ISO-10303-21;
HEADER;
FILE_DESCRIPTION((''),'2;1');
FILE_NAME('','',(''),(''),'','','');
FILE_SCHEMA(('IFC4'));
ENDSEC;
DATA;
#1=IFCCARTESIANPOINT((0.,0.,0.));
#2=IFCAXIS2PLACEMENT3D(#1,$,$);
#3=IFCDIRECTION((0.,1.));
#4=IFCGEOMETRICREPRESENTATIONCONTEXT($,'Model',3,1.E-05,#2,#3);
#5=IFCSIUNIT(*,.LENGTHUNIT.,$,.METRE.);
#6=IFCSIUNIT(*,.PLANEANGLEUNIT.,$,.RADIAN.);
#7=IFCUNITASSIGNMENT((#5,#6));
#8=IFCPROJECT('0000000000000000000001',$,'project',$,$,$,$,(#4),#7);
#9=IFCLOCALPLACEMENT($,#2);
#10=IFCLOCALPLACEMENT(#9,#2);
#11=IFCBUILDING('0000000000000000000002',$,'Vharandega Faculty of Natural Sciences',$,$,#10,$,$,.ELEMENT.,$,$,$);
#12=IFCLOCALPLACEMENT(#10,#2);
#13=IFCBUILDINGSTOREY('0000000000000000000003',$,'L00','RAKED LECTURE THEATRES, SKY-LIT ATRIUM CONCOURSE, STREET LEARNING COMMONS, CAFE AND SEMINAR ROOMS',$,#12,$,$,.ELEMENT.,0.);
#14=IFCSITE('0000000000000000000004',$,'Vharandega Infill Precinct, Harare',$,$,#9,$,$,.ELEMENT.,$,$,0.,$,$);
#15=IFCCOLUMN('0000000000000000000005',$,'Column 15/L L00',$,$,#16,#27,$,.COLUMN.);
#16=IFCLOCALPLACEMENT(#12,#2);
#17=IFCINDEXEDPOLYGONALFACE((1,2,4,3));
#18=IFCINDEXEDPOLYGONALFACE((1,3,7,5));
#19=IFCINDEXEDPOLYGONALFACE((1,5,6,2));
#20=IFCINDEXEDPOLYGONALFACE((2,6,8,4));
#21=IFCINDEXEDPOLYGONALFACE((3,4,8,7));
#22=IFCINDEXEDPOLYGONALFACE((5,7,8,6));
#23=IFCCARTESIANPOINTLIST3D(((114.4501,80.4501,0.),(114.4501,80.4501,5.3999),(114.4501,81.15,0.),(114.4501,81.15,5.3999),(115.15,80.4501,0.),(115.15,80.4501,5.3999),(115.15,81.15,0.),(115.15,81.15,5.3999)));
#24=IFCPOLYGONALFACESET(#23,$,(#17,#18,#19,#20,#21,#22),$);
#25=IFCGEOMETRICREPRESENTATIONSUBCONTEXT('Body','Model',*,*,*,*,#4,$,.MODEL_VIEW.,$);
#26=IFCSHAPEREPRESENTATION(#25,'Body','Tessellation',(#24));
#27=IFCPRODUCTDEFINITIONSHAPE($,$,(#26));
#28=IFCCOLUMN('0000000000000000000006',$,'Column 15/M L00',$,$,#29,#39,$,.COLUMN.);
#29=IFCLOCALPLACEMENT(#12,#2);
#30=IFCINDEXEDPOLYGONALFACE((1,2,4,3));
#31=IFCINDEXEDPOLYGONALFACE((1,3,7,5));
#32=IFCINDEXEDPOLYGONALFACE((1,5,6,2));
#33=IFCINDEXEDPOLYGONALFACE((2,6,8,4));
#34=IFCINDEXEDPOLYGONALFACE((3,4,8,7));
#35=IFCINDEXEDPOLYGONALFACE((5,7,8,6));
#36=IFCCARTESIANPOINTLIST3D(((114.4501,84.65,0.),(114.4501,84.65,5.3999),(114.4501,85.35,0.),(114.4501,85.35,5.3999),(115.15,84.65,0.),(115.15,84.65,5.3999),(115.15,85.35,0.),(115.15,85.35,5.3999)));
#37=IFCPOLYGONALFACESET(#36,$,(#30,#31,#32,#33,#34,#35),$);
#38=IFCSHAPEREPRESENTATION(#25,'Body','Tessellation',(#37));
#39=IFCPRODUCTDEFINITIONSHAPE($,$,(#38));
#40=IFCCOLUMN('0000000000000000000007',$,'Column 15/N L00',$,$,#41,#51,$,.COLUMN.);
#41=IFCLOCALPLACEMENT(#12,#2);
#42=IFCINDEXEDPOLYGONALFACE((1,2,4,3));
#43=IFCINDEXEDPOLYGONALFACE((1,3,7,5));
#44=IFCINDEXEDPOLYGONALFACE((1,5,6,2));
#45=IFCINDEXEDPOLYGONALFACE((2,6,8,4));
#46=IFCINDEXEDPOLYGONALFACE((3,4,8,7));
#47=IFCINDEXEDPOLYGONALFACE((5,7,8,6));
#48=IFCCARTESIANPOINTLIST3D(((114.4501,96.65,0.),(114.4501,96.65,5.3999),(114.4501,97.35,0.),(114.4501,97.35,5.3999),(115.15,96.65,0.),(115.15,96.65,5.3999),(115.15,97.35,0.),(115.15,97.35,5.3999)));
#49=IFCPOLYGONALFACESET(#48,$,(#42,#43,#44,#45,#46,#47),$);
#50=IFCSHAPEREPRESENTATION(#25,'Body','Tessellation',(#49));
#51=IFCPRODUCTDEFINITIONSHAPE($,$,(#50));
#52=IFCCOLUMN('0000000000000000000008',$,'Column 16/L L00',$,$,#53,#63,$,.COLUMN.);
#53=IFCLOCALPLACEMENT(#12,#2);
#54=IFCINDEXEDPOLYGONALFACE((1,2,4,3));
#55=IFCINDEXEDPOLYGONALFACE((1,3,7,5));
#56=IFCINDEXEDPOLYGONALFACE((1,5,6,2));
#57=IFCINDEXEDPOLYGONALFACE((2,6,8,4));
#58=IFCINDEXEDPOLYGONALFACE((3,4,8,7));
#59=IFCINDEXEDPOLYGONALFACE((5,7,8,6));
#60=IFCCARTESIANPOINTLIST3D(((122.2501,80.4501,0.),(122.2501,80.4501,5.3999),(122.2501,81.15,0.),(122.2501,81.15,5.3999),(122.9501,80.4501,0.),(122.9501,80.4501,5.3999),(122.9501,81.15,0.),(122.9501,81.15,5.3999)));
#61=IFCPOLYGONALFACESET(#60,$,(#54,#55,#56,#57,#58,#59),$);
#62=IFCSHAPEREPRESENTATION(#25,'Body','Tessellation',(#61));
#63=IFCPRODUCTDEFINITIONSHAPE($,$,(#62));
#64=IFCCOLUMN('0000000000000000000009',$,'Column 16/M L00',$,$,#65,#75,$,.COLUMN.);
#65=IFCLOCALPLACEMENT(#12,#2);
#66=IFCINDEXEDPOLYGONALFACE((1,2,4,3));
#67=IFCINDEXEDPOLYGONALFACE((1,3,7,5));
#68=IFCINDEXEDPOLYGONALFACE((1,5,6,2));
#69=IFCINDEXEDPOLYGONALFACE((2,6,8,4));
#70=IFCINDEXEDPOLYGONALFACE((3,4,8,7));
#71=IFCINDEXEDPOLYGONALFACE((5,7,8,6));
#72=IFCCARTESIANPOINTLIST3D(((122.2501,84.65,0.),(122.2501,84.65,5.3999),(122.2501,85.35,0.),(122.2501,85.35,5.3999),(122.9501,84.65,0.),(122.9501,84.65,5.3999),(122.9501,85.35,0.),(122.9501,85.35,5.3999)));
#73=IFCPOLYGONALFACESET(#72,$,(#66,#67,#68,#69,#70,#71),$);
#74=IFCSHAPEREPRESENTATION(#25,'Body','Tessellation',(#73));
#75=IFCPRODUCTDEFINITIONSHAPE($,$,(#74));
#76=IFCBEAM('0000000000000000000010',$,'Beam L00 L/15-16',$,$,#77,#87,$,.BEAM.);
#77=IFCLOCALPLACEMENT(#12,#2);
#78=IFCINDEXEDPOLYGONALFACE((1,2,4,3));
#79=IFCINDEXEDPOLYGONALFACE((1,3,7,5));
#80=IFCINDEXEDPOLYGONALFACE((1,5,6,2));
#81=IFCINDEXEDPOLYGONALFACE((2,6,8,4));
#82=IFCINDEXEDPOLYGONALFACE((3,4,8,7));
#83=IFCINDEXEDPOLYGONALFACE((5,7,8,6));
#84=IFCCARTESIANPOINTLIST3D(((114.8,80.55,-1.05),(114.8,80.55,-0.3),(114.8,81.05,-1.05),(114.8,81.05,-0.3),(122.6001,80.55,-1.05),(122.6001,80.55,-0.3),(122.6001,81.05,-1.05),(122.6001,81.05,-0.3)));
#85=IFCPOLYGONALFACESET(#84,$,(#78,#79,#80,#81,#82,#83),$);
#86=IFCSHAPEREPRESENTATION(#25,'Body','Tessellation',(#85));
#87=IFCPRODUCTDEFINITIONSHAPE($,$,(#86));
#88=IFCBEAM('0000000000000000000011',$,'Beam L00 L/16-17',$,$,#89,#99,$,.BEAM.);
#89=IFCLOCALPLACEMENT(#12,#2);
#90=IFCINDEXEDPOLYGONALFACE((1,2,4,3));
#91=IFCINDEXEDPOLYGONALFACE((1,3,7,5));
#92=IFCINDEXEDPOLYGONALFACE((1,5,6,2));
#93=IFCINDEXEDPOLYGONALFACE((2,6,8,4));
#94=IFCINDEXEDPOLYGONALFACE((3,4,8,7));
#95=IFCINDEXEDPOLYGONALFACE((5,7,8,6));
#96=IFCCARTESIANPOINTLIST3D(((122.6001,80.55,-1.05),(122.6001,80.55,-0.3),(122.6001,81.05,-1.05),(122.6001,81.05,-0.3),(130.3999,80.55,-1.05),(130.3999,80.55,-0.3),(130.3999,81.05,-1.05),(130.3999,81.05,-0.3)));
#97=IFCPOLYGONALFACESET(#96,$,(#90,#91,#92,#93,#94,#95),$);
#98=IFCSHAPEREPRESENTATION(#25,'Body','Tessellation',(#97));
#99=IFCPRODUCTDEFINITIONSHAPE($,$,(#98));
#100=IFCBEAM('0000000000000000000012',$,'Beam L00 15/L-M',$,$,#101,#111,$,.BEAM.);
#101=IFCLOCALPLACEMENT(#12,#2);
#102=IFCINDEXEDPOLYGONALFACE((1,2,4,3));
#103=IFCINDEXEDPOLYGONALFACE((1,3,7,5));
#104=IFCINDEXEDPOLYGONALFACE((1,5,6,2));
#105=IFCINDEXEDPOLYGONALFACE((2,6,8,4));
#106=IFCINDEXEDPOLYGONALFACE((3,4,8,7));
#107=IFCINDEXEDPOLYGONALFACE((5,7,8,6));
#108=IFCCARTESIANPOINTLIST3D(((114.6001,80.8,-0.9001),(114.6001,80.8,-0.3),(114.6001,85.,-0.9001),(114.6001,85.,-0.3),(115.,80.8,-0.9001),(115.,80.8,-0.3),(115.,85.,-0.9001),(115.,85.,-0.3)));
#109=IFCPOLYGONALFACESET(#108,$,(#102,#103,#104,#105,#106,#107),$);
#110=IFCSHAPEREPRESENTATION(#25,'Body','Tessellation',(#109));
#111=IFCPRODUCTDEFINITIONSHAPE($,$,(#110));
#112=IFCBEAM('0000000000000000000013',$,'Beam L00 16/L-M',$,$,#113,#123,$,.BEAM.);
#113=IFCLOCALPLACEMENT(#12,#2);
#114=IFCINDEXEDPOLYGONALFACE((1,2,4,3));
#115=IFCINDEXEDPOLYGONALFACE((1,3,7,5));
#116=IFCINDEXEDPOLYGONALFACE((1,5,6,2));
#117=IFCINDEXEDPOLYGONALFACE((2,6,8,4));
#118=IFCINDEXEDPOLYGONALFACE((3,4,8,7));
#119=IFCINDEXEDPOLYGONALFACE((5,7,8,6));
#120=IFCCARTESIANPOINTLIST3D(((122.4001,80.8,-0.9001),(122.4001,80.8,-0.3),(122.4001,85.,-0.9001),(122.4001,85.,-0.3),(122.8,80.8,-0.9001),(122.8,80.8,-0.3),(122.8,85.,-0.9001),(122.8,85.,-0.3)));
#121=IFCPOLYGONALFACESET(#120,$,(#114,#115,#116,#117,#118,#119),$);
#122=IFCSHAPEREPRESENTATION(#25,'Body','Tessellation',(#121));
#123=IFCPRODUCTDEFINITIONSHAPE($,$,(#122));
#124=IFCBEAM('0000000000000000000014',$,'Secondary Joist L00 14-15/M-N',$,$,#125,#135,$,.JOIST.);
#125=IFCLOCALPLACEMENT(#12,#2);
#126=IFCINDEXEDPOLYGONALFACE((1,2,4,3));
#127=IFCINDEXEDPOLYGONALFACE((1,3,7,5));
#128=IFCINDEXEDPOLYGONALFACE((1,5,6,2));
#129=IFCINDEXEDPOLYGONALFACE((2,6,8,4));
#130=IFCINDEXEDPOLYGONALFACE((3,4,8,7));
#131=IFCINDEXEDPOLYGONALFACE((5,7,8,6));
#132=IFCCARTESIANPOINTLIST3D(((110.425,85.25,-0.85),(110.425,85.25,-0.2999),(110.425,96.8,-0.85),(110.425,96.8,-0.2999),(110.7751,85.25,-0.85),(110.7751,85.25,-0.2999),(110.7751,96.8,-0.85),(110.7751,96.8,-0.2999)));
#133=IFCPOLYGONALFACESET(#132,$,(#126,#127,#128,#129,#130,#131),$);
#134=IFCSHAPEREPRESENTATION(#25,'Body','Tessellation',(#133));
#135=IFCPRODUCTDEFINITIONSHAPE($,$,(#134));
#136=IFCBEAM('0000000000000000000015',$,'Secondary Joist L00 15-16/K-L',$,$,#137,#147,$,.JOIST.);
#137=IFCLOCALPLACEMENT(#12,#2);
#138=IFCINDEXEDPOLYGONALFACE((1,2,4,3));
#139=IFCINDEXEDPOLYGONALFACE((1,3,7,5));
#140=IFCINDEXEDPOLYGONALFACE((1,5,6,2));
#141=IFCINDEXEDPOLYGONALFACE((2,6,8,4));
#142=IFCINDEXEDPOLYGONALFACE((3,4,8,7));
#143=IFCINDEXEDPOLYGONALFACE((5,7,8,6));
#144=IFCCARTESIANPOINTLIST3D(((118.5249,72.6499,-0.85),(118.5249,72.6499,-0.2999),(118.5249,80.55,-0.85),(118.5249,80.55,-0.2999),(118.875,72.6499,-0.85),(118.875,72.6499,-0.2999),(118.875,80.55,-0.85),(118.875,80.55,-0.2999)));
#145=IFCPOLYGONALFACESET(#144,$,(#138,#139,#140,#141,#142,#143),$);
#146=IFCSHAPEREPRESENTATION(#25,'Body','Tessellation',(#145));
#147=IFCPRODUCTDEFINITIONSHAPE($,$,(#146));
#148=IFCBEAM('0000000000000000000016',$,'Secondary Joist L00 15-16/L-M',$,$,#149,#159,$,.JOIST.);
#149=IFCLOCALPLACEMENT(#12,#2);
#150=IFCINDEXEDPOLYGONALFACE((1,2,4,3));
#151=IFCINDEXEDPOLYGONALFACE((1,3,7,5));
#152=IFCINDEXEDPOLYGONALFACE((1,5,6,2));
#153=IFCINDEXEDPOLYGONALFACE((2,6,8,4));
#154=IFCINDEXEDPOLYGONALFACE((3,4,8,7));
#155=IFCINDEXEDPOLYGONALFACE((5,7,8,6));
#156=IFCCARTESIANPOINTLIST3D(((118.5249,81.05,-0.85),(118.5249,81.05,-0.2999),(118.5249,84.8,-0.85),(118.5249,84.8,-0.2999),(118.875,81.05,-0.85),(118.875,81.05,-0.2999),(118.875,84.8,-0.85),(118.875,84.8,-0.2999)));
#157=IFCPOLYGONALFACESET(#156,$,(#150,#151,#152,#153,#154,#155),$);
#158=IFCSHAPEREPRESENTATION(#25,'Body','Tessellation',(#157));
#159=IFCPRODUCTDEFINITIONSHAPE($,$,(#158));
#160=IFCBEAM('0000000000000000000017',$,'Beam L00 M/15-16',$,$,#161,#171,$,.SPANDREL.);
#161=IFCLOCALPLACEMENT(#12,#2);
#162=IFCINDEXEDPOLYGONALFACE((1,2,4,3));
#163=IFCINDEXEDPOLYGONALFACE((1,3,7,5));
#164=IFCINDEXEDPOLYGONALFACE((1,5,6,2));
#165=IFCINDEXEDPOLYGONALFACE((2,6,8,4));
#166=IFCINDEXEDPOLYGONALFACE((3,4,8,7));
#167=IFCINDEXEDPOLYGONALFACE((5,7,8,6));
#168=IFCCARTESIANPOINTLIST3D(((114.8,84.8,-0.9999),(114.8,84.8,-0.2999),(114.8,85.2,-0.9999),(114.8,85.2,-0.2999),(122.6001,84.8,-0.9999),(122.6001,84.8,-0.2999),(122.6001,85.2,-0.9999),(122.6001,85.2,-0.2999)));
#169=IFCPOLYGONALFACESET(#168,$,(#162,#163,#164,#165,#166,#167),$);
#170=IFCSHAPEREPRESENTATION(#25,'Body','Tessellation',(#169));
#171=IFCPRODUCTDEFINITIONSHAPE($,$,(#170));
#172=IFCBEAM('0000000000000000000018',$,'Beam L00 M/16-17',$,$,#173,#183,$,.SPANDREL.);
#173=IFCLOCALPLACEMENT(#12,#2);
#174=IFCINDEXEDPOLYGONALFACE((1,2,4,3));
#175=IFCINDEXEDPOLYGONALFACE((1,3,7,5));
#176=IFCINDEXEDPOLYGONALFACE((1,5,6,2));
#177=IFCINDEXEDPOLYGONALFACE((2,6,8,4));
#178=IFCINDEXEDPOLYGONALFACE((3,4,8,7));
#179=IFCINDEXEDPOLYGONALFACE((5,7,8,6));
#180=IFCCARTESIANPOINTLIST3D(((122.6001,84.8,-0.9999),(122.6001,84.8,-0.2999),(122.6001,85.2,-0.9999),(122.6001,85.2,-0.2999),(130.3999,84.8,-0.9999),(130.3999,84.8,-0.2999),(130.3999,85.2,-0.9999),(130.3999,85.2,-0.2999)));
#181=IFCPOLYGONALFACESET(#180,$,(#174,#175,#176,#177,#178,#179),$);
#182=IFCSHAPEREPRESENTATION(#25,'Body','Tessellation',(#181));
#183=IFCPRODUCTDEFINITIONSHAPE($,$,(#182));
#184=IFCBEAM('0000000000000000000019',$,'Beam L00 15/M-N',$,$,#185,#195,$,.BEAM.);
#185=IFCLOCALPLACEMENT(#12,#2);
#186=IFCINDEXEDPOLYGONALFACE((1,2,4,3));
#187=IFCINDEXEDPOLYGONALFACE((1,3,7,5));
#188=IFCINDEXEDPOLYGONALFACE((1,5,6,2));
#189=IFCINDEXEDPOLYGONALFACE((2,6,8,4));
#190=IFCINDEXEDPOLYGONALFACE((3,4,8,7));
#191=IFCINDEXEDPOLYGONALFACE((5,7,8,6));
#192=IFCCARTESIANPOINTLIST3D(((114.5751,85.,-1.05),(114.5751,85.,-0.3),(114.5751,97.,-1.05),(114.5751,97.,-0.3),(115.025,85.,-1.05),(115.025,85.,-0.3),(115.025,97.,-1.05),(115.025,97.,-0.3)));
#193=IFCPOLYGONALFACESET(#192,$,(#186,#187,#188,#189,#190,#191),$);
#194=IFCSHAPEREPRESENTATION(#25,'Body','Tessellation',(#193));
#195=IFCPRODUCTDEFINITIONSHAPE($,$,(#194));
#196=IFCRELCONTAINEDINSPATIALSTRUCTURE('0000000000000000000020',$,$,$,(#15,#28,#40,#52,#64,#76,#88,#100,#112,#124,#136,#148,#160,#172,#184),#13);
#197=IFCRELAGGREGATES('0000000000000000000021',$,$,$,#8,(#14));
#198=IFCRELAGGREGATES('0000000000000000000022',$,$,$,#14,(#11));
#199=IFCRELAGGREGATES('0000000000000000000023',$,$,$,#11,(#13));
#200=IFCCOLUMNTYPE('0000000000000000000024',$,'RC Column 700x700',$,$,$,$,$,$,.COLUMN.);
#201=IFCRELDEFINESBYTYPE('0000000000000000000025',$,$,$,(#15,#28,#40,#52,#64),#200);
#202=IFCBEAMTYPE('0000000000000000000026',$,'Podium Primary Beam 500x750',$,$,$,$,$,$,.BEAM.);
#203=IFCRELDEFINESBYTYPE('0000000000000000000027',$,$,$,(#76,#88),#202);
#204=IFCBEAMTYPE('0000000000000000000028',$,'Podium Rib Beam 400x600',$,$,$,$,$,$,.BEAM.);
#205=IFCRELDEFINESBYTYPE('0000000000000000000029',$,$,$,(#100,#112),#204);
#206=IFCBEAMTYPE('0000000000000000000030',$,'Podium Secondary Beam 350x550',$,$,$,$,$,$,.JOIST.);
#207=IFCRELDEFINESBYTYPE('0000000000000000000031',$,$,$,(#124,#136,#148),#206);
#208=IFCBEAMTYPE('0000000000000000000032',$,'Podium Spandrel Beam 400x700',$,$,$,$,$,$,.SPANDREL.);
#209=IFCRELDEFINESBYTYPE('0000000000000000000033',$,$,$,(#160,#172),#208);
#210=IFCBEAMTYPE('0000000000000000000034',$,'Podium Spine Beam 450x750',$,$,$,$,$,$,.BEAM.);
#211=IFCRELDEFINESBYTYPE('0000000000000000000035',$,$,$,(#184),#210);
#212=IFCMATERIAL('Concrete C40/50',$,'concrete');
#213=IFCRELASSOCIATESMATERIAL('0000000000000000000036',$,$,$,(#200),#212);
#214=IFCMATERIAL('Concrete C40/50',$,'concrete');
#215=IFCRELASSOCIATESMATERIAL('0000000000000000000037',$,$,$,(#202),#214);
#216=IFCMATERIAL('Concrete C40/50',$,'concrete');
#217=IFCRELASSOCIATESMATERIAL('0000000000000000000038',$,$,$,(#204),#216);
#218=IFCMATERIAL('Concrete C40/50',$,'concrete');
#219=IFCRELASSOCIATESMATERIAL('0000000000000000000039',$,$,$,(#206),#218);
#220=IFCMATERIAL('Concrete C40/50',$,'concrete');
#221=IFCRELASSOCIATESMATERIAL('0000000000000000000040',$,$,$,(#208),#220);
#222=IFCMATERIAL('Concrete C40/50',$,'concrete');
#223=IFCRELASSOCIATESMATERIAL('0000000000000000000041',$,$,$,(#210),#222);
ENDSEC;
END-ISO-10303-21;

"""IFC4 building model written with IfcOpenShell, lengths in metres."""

from ifc_helpers import new_model, si_unit, direction, frame, origin, origin_2d, place, context, subcontext, project, spatial, rectangle, extrude, material, material_profile, profile_set, type_object, element, save


model = new_model("IFC4")

# Units and contexts
model_context = context("Model", 3, precision=1e-05, world=origin(), true_north=direction((0.0, 1.0)))
body_context = subcontext(model_context, "Body", "Model", "MODEL_VIEW")
ifc_project = project(units=[si_unit("LENGTHUNIT", "METRE"), si_unit("PLANEANGLEUNIT", "RADIAN")], contexts=[model_context])

# Site, building, storey
site_placement = place(None, origin())
site = spatial("IfcSite", under=ifc_project, at=site_placement, Name="Vharandega Infill Precinct, Harare", CompositionType="ELEMENT", RefElevation=0.0)
building_placement = place(site_placement, origin())
building = spatial("IfcBuilding", under=site, at=building_placement, Name="Vharandega Faculty of Natural Sciences", CompositionType="ELEMENT")
storey_placement = place(building_placement, origin())
storey = spatial("IfcBuildingStorey", under=building, at=storey_placement, Name="L00", Description="RAKED LECTURE THEATRES, SKY-LIT ATRIUM CONCOURSE, STREET LEARNING COMMONS, CAFE AND SEMINAR ROOMS", CompositionType="ELEMENT", Elevation=0.0)

# Columns
ifc_material_1 = material(Name="Concrete C40/50", Category="concrete")
ifc_material_profile_1 = material_profile(ifc_material_1, rectangle(XDim=0.7, YDim=0.7, at=origin_2d()), Name="RC 700x700")
ifc_profile_set_1 = profile_set([ifc_material_profile_1], Name="Concrete C40/50")
column_type = type_object("IfcColumnType", Name="RC Column 700x700", PredefinedType="COLUMN", material=ifc_profile_set_1)
for number, where, z_axis, x_axis, name in (
    (1, (114.8, 80.8, 0.0), (0.0, 0.0, 1.0), (1.0, 0.0, 0.0), "Column 15/L L00"),
    (2, (114.8, 85.0, 0.0), (0.0, 0.0, 1.0), (1.0, 0.0, 0.0), "Column 15/M L00"),
    (3, (114.8, 97.0, 0.0), (0.0, 0.0, 1.0), (1.0, 0.0, 0.0), "Column 15/N L00"),
    (4, (122.6001, 80.8, 0.0), (0.0, 0.0, 1.0), (1.0, 0.0, 0.0), "Column 16/L L00"),
    (5, (122.6001, 85.0, 0.0), (0.0, 0.0, 1.0), (1.0, 0.0, 0.0), "Column 16/M L00"),
):
    element("IfcColumn", number, at=place(storey_placement, frame(where, z_axis=z_axis, x_axis=x_axis)), inside=storey, type_object=column_type, Name=name, PredefinedType="COLUMN", context=body_context, shape_type="SweptSolid", body=[
        extrude(rectangle(XDim=0.7, YDim=0.7, at=origin_2d()), origin(), (0.0, 0.0, 1.0), 5.3999),
    ])

# Beams
ifc_material_2 = material(Name="Concrete C40/50", Category="concrete")
ifc_material_profile_2 = material_profile(ifc_material_2, rectangle(XDim=0.5, YDim=0.75, at=origin_2d()), Name="RC 500x750")
ifc_profile_set_2 = profile_set([ifc_material_profile_2], Name="Concrete C40/50")
beam_type_1 = type_object("IfcBeamType", Name="Podium Primary Beam 500x750", PredefinedType="BEAM", material=ifc_profile_set_2)
beam_1_placement = place(storey_placement, frame((114.8, 80.8, -0.675), z_axis=(1.0, 0.0, 0.0), x_axis=(0.0, 1.0, 0.0)))
element("IfcBeam", 6, at=beam_1_placement, inside=storey, type_object=beam_type_1, Name="Beam L00 L/15-16", PredefinedType="BEAM", context=body_context, shape_type="SweptSolid", body=[
    extrude(rectangle(XDim=0.5, YDim=0.75, at=origin_2d()), origin(), (0.0, 0.0, 1.0), 7.8),
])
beam_2_placement = place(storey_placement, frame((122.6001, 80.8, -0.675), z_axis=(1.0, 0.0, 0.0), x_axis=(0.0, 1.0, 0.0)))
element("IfcBeam", 7, at=beam_2_placement, inside=storey, type_object=beam_type_1, Name="Beam L00 L/16-17", PredefinedType="BEAM", context=body_context, shape_type="SweptSolid", body=[
    extrude(rectangle(XDim=0.5, YDim=0.75, at=origin_2d()), origin(), (0.0, 0.0, 1.0), 7.7998),
])
ifc_material_3 = material(Name="Concrete C40/50", Category="concrete")
ifc_material_profile_3 = material_profile(ifc_material_3, rectangle(XDim=0.3999, YDim=0.6001, at=origin_2d()), Name="RC 400x600")
ifc_profile_set_3 = profile_set([ifc_material_profile_3], Name="Concrete C40/50")
beam_type_2 = type_object("IfcBeamType", Name="Podium Rib Beam 400x600", PredefinedType="BEAM", material=ifc_profile_set_3)
for number, where, z_axis, x_axis, name in (
    (8, (114.8, 80.8, -0.6001), (0.0, 1.0, 0.0), (-1.0, 0.0, 0.0), "Beam L00 15/L-M"),
    (9, (122.6001, 80.8, -0.6001), (0.0, 1.0, 0.0), (-1.0, 0.0, 0.0), "Beam L00 16/L-M"),
):
    element("IfcBeam", number, at=place(storey_placement, frame(where, z_axis=z_axis, x_axis=x_axis)), inside=storey, type_object=beam_type_2, Name=name, PredefinedType="BEAM", context=body_context, shape_type="SweptSolid", body=[
        extrude(rectangle(XDim=0.3999, YDim=0.6001, at=origin_2d()), origin(), (0.0, 0.0, 1.0), 4.2),
    ])
ifc_material_4 = material(Name="Concrete C40/50", Category="concrete")
ifc_material_profile_4 = material_profile(ifc_material_4, rectangle(XDim=0.3501, YDim=0.55, at=origin_2d()), Name="RC 350x550")
ifc_profile_set_4 = profile_set([ifc_material_profile_4], Name="Concrete C40/50")
beam_type_3 = type_object("IfcBeamType", Name="Podium Secondary Beam 350x550", PredefinedType="JOIST", material=ifc_profile_set_4)
beam_3_placement = place(storey_placement, frame((110.6001, 85.25, -0.575), z_axis=(0.0, 1.0, 0.0), x_axis=(-1.0, 0.0, 0.0)))
element("IfcBeam", 10, at=beam_3_placement, inside=storey, type_object=beam_type_3, Name="Secondary Joist L00 14-15/M-N", PredefinedType="JOIST", context=body_context, shape_type="SweptSolid", body=[
    extrude(rectangle(XDim=0.3501, YDim=0.55, at=origin_2d()), origin(), (0.0, 0.0, 1.0), 11.55),
])
beam_4_placement = place(storey_placement, frame((118.7, 72.6499, -0.575), z_axis=(0.0, 1.0, 0.0), x_axis=(-1.0, 0.0, 0.0)))
element("IfcBeam", 11, at=beam_4_placement, inside=storey, type_object=beam_type_3, Name="Secondary Joist L00 15-16/K-L", PredefinedType="JOIST", context=body_context, shape_type="SweptSolid", body=[
    extrude(rectangle(XDim=0.3501, YDim=0.55, at=origin_2d()), origin(), (0.0, 0.0, 1.0), 7.9001),
])
beam_5_placement = place(storey_placement, frame((118.7, 81.05, -0.575), z_axis=(0.0, 1.0, 0.0), x_axis=(-1.0, 0.0, 0.0)))
element("IfcBeam", 12, at=beam_5_placement, inside=storey, type_object=beam_type_3, Name="Secondary Joist L00 15-16/L-M", PredefinedType="JOIST", context=body_context, shape_type="SweptSolid", body=[
    extrude(rectangle(XDim=0.3501, YDim=0.55, at=origin_2d()), origin(), (0.0, 0.0, 1.0), 3.75),
])
ifc_material_5 = material(Name="Concrete C40/50", Category="concrete")
ifc_material_profile_5 = material_profile(ifc_material_5, rectangle(XDim=0.3999, YDim=0.7, at=origin_2d()), Name="RC 400x700")
ifc_profile_set_5 = profile_set([ifc_material_profile_5], Name="Concrete C40/50")
beam_type_4 = type_object("IfcBeamType", Name="Podium Spandrel Beam 400x700", PredefinedType="SPANDREL", material=ifc_profile_set_5)
beam_6_placement = place(storey_placement, frame((114.8, 85.0, -0.6499), z_axis=(1.0, 0.0, 0.0), x_axis=(0.0, 1.0, 0.0)))
element("IfcBeam", 13, at=beam_6_placement, inside=storey, type_object=beam_type_4, Name="Beam L00 M/15-16", PredefinedType="SPANDREL", context=body_context, shape_type="SweptSolid", body=[
    extrude(rectangle(XDim=0.3999, YDim=0.7, at=origin_2d()), origin(), (0.0, 0.0, 1.0), 7.8),
])
beam_7_placement = place(storey_placement, frame((122.6001, 85.0, -0.6499), z_axis=(1.0, 0.0, 0.0), x_axis=(0.0, 1.0, 0.0)))
element("IfcBeam", 14, at=beam_7_placement, inside=storey, type_object=beam_type_4, Name="Beam L00 M/16-17", PredefinedType="SPANDREL", context=body_context, shape_type="SweptSolid", body=[
    extrude(rectangle(XDim=0.3999, YDim=0.7, at=origin_2d()), origin(), (0.0, 0.0, 1.0), 7.7998),
])
ifc_material_6 = material(Name="Concrete C40/50", Category="concrete")
ifc_material_profile_6 = material_profile(ifc_material_6, rectangle(XDim=0.45, YDim=0.75, at=origin_2d()), Name="RC 450x750")
ifc_profile_set_6 = profile_set([ifc_material_profile_6], Name="Concrete C40/50")
beam_type_5 = type_object("IfcBeamType", Name="Podium Spine Beam 450x750", PredefinedType="BEAM", material=ifc_profile_set_6)
beam_8_placement = place(storey_placement, frame((114.8, 85.0, -0.675), z_axis=(0.0, 1.0, 0.0), x_axis=(-1.0, 0.0, 0.0)))
element("IfcBeam", 15, at=beam_8_placement, inside=storey, type_object=beam_type_5, Name="Beam L00 15/M-N", PredefinedType="BEAM", context=body_context, shape_type="SweptSolid", body=[
    extrude(rectangle(XDim=0.45, YDim=0.75, at=origin_2d()), origin(), (0.0, 0.0, 1.0), 12.0),
])

save(model, "model.ifc")
